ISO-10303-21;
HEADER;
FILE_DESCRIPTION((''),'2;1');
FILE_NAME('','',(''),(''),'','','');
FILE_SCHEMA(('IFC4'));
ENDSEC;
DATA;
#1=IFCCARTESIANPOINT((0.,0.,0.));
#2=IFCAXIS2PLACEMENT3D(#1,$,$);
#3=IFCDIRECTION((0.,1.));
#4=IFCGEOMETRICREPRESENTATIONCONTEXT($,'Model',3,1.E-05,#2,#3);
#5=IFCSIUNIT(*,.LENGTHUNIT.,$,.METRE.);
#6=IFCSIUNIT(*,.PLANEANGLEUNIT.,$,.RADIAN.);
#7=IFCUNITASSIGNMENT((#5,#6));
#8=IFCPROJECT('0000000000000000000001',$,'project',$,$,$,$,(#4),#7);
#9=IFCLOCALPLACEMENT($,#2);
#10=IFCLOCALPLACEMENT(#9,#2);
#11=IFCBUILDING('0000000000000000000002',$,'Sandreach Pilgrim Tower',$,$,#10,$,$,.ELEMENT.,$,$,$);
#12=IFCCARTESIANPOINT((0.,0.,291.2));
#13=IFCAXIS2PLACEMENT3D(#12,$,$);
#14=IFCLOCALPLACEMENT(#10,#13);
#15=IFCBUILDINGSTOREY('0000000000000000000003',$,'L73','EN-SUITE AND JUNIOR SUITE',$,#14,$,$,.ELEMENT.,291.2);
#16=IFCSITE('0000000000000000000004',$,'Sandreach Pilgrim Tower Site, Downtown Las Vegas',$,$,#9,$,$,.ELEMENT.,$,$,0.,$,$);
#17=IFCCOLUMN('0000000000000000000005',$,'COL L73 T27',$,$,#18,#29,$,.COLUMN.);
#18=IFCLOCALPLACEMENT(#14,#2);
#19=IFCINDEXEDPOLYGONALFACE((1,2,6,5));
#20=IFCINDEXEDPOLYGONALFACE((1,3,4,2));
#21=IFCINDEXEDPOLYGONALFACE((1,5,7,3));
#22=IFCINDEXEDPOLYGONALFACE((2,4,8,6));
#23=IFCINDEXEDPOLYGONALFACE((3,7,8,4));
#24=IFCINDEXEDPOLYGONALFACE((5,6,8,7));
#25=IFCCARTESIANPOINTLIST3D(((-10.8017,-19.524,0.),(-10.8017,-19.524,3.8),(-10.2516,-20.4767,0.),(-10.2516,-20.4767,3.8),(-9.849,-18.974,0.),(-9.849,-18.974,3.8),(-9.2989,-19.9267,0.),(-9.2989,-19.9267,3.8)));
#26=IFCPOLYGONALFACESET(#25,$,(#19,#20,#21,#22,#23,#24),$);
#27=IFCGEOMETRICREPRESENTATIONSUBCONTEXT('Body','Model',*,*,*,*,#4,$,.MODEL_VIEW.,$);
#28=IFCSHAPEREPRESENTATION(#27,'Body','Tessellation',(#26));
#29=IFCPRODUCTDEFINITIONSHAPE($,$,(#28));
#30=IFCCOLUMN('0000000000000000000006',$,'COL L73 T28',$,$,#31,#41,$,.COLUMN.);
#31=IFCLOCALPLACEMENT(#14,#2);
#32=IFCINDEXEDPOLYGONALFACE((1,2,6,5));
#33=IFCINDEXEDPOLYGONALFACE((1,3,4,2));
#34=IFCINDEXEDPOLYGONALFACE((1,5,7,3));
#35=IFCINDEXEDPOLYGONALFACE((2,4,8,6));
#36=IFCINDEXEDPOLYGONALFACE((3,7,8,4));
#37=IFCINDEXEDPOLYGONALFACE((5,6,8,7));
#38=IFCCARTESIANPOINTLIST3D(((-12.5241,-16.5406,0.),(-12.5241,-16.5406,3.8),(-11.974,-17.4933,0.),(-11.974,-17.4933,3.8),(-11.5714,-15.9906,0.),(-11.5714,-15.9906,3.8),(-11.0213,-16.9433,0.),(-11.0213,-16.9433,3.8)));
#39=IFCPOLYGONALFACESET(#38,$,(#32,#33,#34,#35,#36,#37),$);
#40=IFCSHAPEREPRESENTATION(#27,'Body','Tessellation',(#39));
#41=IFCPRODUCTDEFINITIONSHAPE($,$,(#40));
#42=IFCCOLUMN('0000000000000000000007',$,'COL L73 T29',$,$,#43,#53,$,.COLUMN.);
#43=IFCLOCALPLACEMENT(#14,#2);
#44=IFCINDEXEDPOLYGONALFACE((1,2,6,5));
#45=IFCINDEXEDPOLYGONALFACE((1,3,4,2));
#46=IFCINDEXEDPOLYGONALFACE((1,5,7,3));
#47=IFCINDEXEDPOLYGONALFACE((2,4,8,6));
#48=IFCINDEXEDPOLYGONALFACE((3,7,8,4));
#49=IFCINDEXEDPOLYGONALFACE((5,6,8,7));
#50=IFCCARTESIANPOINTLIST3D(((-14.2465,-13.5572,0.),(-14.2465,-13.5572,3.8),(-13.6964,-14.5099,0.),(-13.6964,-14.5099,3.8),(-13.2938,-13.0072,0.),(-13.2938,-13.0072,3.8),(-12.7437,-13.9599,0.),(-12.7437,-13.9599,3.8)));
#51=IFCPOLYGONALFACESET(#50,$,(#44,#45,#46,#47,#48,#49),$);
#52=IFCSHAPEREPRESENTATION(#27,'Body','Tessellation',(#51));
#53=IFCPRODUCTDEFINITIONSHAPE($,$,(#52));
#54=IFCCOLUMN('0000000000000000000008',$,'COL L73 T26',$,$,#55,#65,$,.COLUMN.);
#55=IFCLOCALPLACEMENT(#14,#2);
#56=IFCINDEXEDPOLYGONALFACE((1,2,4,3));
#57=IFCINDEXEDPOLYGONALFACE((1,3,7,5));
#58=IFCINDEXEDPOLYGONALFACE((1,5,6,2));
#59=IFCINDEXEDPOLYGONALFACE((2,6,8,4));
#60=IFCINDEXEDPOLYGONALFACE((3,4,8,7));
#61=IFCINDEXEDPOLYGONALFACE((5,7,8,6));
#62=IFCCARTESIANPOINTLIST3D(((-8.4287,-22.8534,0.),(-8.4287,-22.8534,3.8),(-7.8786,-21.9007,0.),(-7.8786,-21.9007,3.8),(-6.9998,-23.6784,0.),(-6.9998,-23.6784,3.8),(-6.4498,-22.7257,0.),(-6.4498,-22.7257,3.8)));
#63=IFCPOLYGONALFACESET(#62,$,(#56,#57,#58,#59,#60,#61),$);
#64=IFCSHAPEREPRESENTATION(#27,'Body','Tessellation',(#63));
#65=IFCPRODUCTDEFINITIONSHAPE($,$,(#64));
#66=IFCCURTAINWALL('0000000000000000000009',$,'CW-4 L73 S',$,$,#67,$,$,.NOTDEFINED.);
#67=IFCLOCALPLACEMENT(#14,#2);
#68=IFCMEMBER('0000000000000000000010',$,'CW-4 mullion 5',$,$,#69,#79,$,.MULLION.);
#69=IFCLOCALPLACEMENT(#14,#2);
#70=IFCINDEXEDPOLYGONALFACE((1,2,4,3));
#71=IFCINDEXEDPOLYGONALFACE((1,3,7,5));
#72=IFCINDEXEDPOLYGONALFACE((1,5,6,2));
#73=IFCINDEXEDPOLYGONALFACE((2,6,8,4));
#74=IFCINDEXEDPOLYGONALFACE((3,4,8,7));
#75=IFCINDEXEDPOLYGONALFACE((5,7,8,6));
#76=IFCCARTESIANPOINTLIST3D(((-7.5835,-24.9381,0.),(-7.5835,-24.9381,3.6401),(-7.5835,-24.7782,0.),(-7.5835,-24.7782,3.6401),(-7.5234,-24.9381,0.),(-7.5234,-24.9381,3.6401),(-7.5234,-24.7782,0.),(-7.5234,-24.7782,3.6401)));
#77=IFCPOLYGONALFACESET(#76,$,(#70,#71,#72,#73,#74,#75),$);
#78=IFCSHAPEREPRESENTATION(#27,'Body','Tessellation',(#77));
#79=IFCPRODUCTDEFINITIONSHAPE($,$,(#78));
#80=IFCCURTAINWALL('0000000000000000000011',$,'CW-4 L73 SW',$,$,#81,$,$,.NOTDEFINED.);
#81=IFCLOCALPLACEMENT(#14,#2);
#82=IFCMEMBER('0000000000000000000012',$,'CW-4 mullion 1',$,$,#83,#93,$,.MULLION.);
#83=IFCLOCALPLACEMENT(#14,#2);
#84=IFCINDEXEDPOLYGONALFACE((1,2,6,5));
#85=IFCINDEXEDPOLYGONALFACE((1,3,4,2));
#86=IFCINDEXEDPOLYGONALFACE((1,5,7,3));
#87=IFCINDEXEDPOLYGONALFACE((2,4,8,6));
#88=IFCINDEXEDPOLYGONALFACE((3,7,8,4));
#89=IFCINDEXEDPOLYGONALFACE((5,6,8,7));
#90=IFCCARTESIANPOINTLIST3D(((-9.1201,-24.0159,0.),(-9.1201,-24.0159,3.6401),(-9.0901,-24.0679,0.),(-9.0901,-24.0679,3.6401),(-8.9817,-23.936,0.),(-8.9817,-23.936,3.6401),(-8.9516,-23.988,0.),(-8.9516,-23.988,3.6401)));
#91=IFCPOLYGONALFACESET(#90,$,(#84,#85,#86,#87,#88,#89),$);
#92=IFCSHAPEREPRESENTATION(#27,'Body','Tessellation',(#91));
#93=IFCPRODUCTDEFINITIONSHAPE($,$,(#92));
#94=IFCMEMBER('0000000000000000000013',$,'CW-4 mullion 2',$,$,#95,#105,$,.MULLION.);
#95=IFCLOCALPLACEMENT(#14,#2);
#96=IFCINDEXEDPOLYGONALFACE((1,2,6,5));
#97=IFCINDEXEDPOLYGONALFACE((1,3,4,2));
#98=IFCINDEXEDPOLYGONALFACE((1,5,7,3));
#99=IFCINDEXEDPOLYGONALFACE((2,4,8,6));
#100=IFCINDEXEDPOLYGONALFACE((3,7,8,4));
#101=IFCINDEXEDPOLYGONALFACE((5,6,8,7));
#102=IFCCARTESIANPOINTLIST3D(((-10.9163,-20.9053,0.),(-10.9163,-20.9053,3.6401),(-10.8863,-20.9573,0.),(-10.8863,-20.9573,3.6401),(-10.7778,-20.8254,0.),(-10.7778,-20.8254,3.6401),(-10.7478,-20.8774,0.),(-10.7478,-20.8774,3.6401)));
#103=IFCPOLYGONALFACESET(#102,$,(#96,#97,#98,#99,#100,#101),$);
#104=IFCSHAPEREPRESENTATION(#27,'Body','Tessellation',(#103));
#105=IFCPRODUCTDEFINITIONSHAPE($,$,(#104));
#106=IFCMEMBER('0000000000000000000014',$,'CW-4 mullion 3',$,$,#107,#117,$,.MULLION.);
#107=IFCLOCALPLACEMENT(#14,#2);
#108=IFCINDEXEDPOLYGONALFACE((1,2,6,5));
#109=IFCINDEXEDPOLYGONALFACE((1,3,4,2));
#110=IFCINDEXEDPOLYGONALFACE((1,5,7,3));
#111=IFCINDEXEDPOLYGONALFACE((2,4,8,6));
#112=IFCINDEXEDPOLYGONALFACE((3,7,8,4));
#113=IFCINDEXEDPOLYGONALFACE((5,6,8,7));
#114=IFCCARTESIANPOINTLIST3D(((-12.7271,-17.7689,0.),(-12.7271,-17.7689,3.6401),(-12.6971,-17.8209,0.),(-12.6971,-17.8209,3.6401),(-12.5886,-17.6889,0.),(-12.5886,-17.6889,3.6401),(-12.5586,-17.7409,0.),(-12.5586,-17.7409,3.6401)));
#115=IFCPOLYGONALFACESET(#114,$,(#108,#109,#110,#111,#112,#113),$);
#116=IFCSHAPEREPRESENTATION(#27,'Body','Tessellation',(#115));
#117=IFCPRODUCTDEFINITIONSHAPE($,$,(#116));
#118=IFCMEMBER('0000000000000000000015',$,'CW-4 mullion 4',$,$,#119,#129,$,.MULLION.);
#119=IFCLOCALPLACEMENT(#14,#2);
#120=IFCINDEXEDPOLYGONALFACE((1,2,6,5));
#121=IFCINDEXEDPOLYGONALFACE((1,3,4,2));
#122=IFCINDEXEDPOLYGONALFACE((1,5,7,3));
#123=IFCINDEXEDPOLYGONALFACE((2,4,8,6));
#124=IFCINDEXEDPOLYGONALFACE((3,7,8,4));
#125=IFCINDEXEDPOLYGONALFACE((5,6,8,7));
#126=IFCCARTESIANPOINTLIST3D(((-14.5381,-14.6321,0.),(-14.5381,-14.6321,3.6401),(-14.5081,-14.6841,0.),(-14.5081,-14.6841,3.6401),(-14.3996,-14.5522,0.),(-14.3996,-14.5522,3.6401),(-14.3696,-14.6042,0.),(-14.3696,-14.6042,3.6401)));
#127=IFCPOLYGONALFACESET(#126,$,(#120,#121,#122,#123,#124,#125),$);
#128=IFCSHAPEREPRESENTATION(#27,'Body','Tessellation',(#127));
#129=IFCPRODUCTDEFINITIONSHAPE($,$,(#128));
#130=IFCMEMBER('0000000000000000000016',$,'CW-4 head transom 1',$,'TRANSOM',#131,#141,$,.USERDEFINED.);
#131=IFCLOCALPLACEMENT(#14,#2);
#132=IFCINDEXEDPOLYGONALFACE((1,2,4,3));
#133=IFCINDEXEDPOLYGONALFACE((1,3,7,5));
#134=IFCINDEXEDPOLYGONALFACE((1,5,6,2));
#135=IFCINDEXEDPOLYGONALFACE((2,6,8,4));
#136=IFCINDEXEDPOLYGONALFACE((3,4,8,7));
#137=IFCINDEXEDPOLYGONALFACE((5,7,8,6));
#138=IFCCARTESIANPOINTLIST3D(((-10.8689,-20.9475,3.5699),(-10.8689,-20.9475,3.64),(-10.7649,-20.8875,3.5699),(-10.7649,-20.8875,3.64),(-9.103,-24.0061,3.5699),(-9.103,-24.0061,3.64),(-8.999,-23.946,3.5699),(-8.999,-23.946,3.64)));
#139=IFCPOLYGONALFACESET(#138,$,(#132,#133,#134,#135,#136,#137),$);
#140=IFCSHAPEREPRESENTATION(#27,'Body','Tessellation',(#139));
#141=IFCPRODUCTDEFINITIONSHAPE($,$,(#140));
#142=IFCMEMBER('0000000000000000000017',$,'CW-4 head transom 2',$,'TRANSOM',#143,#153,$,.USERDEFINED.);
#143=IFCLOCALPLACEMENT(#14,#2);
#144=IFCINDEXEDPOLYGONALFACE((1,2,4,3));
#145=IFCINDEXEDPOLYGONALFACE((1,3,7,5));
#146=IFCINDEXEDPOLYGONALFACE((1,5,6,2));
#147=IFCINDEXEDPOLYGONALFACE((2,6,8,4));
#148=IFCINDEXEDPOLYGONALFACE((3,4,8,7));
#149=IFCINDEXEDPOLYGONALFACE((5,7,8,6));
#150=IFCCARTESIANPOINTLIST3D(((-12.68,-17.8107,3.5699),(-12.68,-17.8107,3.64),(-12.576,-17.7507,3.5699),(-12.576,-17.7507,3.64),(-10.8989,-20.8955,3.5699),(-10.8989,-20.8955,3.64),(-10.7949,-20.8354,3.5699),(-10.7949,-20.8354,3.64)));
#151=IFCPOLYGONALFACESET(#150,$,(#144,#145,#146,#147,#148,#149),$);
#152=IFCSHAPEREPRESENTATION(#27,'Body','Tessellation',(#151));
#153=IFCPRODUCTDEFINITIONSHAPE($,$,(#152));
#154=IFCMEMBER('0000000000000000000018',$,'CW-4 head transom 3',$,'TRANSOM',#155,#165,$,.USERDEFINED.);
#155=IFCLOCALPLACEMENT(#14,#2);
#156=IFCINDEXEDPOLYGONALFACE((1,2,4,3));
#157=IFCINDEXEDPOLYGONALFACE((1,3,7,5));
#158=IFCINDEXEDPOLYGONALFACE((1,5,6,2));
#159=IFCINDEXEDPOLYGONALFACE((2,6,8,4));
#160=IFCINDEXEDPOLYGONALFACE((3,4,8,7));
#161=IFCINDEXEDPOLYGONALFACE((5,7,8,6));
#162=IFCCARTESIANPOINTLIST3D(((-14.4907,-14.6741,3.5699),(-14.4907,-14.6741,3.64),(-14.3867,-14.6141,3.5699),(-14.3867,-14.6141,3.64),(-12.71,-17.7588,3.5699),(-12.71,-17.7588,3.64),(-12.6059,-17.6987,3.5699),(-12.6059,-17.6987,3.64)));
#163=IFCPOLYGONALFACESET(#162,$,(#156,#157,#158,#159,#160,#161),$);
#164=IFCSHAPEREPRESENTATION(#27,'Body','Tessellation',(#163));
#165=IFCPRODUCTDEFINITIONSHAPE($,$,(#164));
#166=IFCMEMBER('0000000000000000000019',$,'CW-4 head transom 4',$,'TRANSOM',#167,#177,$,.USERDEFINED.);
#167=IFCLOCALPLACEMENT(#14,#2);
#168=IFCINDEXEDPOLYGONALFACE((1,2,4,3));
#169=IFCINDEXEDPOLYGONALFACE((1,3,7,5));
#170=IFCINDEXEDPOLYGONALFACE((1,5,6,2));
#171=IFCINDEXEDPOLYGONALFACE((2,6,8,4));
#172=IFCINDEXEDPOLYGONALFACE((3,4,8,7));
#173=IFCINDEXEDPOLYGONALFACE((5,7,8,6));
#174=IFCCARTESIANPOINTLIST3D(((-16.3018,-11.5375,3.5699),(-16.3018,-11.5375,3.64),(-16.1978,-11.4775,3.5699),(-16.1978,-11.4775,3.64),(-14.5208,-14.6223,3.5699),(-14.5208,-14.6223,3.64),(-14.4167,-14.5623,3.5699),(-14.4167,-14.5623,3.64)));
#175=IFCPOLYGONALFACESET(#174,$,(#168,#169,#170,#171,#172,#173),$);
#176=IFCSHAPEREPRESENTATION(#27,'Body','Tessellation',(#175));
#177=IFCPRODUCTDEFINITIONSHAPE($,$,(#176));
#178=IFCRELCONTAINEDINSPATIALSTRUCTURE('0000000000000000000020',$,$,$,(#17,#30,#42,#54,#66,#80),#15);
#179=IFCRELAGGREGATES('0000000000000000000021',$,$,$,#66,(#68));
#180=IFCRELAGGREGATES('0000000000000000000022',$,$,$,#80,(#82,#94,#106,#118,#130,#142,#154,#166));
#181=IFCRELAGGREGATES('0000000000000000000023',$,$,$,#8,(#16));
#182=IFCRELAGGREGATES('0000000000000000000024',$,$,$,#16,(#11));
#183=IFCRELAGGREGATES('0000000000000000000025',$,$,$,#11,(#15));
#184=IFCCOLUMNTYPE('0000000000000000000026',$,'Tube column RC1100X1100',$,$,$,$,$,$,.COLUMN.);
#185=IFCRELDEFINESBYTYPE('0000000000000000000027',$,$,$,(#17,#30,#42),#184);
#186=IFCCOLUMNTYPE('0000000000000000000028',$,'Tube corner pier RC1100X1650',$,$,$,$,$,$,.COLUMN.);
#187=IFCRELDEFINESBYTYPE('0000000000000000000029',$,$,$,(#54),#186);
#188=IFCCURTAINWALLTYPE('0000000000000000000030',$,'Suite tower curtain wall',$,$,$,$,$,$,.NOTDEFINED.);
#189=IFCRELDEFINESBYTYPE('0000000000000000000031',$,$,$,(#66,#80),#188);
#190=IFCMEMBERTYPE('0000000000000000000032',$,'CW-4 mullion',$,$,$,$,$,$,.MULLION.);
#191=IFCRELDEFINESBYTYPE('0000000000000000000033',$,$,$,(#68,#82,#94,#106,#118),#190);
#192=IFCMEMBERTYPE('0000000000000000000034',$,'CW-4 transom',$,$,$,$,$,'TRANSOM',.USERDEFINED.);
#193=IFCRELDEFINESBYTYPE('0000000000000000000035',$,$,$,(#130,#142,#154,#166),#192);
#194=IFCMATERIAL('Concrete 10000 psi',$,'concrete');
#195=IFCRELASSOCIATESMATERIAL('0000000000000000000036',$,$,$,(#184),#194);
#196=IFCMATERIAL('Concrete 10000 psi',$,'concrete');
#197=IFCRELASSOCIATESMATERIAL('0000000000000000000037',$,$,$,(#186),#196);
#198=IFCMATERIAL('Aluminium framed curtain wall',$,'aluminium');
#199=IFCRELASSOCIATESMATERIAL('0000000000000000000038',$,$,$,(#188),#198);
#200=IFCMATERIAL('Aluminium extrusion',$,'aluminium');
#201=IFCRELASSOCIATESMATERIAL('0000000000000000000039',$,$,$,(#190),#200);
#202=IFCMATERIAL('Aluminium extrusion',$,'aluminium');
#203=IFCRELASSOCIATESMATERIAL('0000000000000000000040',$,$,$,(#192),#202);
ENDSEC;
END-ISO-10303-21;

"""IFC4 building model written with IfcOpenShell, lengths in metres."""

from ifc_helpers import new_model, si_unit, direction, frame, origin, origin_2d, place, context, subcontext, project, spatial, rectangle, extrude, material, material_profile, profile_set, type_object, element, aggregate, save


model = new_model("IFC4")

# Units and contexts
model_context = context("Model", 3, precision=1e-05, world=origin(), true_north=direction((0.0, 1.0)))
body_context = subcontext(model_context, "Body", "Model", "MODEL_VIEW")
ifc_project = project(units=[si_unit("LENGTHUNIT", "METRE"), si_unit("PLANEANGLEUNIT", "RADIAN")], contexts=[model_context])

# Site, building, storey
site_placement = place(None, origin())
site = spatial("IfcSite", under=ifc_project, at=site_placement, Name="Sandreach Pilgrim Tower Site, Downtown Las Vegas", CompositionType="ELEMENT", RefElevation=0.0)
building_placement = place(site_placement, origin())
building = spatial("IfcBuilding", under=site, at=building_placement, Name="Sandreach Pilgrim Tower", CompositionType="ELEMENT")
storey_placement = place(building_placement, frame((0.0, 0.0, 291.2)))
storey = spatial("IfcBuildingStorey", under=building, at=storey_placement, Name="L73", Description="EN-SUITE AND JUNIOR SUITE", CompositionType="ELEMENT", Elevation=291.2)

# Columns
ifc_material_1 = material(Name="Concrete 10000 psi", Category="concrete")
ifc_material_profile_1 = material_profile(ifc_material_1, rectangle(XDim=1.1001, YDim=1.1001, at=origin_2d()), Name="RC1100X1100")
ifc_profile_set_1 = profile_set([ifc_material_profile_1], Name="Concrete 10000 psi")
column_type_1 = type_object("IfcColumnType", Name="Tube column RC1100X1100", PredefinedType="COLUMN", material=ifc_profile_set_1)
for number, where, z_axis, x_axis, name in (
    (1, (-10.0503, -19.7253, 0.0), (0.0, 0.0, 1.0), (-0.866025, -0.5, 0.0), "COL L73 T27"),
    (2, (-11.7727, -16.7419, 0.0), (0.0, 0.0, 1.0), (-0.866025, -0.5, 0.0), "COL L73 T28"),
    (3, (-13.4951, -13.7585, 0.0), (0.0, 0.0, 1.0), (-0.866025, -0.5, 0.0), "COL L73 T29"),
):
    element("IfcColumn", number, at=place(storey_placement, frame(where, z_axis=z_axis, x_axis=x_axis)), inside=storey, type_object=column_type_1, Name=name, PredefinedType="COLUMN", context=body_context, shape_type="SweptSolid", body=[
        extrude(rectangle(XDim=1.1001, YDim=1.1001, at=origin_2d()), origin(), (0.0, 0.0, 1.0), 3.8),
    ])
ifc_material_2 = material(Name="Concrete 10000 psi", Category="concrete")
ifc_material_profile_2 = material_profile(ifc_material_2, rectangle(XDim=1.1001, YDim=1.6499, at=origin_2d()), Name="RC1100X1650")
ifc_profile_set_2 = profile_set([ifc_material_profile_2], Name="Concrete 10000 psi")
column_type_2 = type_object("IfcColumnType", Name="Tube corner pier RC1100X1650", PredefinedType="COLUMN", material=ifc_profile_set_2)
column_placement = place(storey_placement, frame((-7.4392, -22.7896, 0.0), z_axis=(0.0, 0.0, 1.0), x_axis=(-0.5, -0.866025, 0.0)))
element("IfcColumn", 4, at=column_placement, inside=storey, type_object=column_type_2, Name="COL L73 T26", PredefinedType="COLUMN", context=body_context, shape_type="SweptSolid", body=[
    extrude(rectangle(XDim=1.1001, YDim=1.6499, at=origin_2d()), origin(), (0.0, 0.0, 1.0), 3.8),
])

# Curtain wall, member
ifc_material_3 = material(Name="Aluminium framed curtain wall", Category="aluminium")
curtain_wall_type = type_object("IfcCurtainWallType", Name="Suite tower curtain wall", PredefinedType="NOTDEFINED", material=ifc_material_3)
curtain_wall_1_placement = place(storey_placement, origin())
curtain_wall_1 = element("IfcCurtainWall", 5, at=curtain_wall_1_placement, inside=storey, type_object=curtain_wall_type, Name="CW-4 L73 S", PredefinedType="NOTDEFINED")
ifc_material_4 = material(Name="Aluminium extrusion", Category="aluminium")
ifc_material_profile_3 = material_profile(ifc_material_4, rectangle(XDim=0.0601, YDim=0.1599, at=origin_2d()), Name="CW-4M 60X160")
ifc_profile_set_3 = profile_set([ifc_material_profile_3], Name="Aluminium extrusion")
member_type_1 = type_object("IfcMemberType", Name="CW-4 mullion", PredefinedType="MULLION", material=ifc_profile_set_3)
member_1_placement = place(storey_placement, frame((-7.5535, -24.8582, 0.0), z_axis=(0.0, 0.0, 1.0), x_axis=(-1.0, 0.0, 0.0)))
member_1 = element("IfcMember", 6, at=member_1_placement, type_object=member_type_1, Name="CW-4 mullion 5", PredefinedType="MULLION", context=body_context, shape_type="SweptSolid", body=[
    extrude(rectangle(XDim=0.0601, YDim=0.1599, at=origin_2d()), origin(), (0.0, 0.0, 1.0), 3.6401),
])
aggregate(curtain_wall_1, [member_1])

# Curtain wall, members
curtain_wall_2_placement = place(storey_placement, origin())
curtain_wall_2 = element("IfcCurtainWall", 7, at=curtain_wall_2_placement, inside=storey, type_object=curtain_wall_type, Name="CW-4 L73 SW", PredefinedType="NOTDEFINED")
member_2_placement = place(storey_placement, frame((-9.0359, -24.002, 0.0), z_axis=(0.0, 0.0, 1.0), x_axis=(-0.5, 0.866025, 0.0)))
member_2 = element("IfcMember", 8, at=member_2_placement, type_object=member_type_1, Name="CW-4 mullion 1", PredefinedType="MULLION", context=body_context, shape_type="SweptSolid", body=[
    extrude(rectangle(XDim=0.0601, YDim=0.1599, at=origin_2d()), origin(), (0.0, 0.0, 1.0), 3.6401),
])
member_3_placement = place(storey_placement, frame((-10.832, -20.8914, 0.0), z_axis=(0.0, 0.0, 1.0), x_axis=(-0.5, 0.866025, 0.0)))
member_3 = element("IfcMember", 9, at=member_3_placement, type_object=member_type_1, Name="CW-4 mullion 2", PredefinedType="MULLION", context=body_context, shape_type="SweptSolid", body=[
    extrude(rectangle(XDim=0.0601, YDim=0.1599, at=origin_2d()), origin(), (0.0, 0.0, 1.0), 3.6401),
])
member_4_placement = place(storey_placement, frame((-12.6428, -17.7549, 0.0), z_axis=(0.0, 0.0, 1.0), x_axis=(-0.5, 0.866025, 0.0)))
member_4 = element("IfcMember", 10, at=member_4_placement, type_object=member_type_1, Name="CW-4 mullion 3", PredefinedType="MULLION", context=body_context, shape_type="SweptSolid", body=[
    extrude(rectangle(XDim=0.0601, YDim=0.1599, at=origin_2d()), origin(), (0.0, 0.0, 1.0), 3.6401),
])
member_5_placement = place(storey_placement, frame((-14.4539, -14.6182, 0.0), z_axis=(0.0, 0.0, 1.0), x_axis=(-0.5, 0.866025, 0.0)))
member_5 = element("IfcMember", 11, at=member_5_placement, type_object=member_type_1, Name="CW-4 mullion 4", PredefinedType="MULLION", context=body_context, shape_type="SweptSolid", body=[
    extrude(rectangle(XDim=0.0601, YDim=0.1599, at=origin_2d()), origin(), (0.0, 0.0, 1.0), 3.6401),
])
ifc_material_5 = material(Name="Aluminium extrusion", Category="aluminium")
ifc_material_profile_4 = material_profile(ifc_material_5, rectangle(XDim=0.1201, YDim=0.0701, at=origin_2d()), Name="CW-4T 120X70")
ifc_profile_set_4 = profile_set([ifc_material_profile_4], Name="Aluminium extrusion")
member_type_2 = type_object("IfcMemberType", Name="CW-4 transom", ElementType="TRANSOM", PredefinedType="USERDEFINED", material=ifc_profile_set_4)
member_6_placement = place(storey_placement, frame((-9.051, -23.9761, 3.605), z_axis=(-0.499998, 0.866027, 0.0), x_axis=(-0.866027, -0.499998, 0.0)))
member_6 = element("IfcMember", 12, at=member_6_placement, type_object=member_type_2, Name="CW-4 head transom 1", ObjectType="TRANSOM", PredefinedType="USERDEFINED", context=body_context, shape_type="SweptSolid", body=[
    extrude(rectangle(XDim=0.1201, YDim=0.0701, at=origin_2d()), origin(), (0.0, 0.0, 1.0), 3.5317),
])
member_7_placement = place(storey_placement, frame((-10.8469, -20.8655, 3.605), z_axis=(-0.500009, 0.86602, 0.0), x_axis=(-0.86602, -0.500009, 0.0)))
member_7 = element("IfcMember", 13, at=member_7_placement, type_object=member_type_2, Name="CW-4 head transom 2", ObjectType="TRANSOM", PredefinedType="USERDEFINED", context=body_context, shape_type="SweptSolid", body=[
    extrude(rectangle(XDim=0.1201, YDim=0.0701, at=origin_2d()), origin(), (0.0, 0.0, 1.0), 3.562),
])
member_8_placement = place(storey_placement, frame((-12.658, -17.7288, 3.605), z_axis=(-0.499958, 0.86605, 0.0), x_axis=(-0.86605, -0.499958, 0.0)))
member_8 = element("IfcMember", 14, at=member_8_placement, type_object=member_type_2, Name="CW-4 head transom 3", ObjectType="TRANSOM", PredefinedType="USERDEFINED", context=body_context, shape_type="SweptSolid", body=[
    extrude(rectangle(XDim=0.1201, YDim=0.0701, at=origin_2d()), origin(), (0.0, 0.0, 1.0), 3.5618),
])
member_9_placement = place(storey_placement, frame((-14.4688, -14.5923, 3.605), z_axis=(-0.500009, 0.86602, 0.0), x_axis=(-0.86602, -0.500009, 0.0)))
member_9 = element("IfcMember", 15, at=member_9_placement, type_object=member_type_2, Name="CW-4 head transom 4", ObjectType="TRANSOM", PredefinedType="USERDEFINED", context=body_context, shape_type="SweptSolid", body=[
    extrude(rectangle(XDim=0.1201, YDim=0.0701, at=origin_2d()), origin(), (0.0, 0.0, 1.0), 3.562),
])

aggregate(curtain_wall_2, [member_2, member_3, member_4, member_5, member_6, member_7, member_8, member_9])

save(model, "model.ifc")
